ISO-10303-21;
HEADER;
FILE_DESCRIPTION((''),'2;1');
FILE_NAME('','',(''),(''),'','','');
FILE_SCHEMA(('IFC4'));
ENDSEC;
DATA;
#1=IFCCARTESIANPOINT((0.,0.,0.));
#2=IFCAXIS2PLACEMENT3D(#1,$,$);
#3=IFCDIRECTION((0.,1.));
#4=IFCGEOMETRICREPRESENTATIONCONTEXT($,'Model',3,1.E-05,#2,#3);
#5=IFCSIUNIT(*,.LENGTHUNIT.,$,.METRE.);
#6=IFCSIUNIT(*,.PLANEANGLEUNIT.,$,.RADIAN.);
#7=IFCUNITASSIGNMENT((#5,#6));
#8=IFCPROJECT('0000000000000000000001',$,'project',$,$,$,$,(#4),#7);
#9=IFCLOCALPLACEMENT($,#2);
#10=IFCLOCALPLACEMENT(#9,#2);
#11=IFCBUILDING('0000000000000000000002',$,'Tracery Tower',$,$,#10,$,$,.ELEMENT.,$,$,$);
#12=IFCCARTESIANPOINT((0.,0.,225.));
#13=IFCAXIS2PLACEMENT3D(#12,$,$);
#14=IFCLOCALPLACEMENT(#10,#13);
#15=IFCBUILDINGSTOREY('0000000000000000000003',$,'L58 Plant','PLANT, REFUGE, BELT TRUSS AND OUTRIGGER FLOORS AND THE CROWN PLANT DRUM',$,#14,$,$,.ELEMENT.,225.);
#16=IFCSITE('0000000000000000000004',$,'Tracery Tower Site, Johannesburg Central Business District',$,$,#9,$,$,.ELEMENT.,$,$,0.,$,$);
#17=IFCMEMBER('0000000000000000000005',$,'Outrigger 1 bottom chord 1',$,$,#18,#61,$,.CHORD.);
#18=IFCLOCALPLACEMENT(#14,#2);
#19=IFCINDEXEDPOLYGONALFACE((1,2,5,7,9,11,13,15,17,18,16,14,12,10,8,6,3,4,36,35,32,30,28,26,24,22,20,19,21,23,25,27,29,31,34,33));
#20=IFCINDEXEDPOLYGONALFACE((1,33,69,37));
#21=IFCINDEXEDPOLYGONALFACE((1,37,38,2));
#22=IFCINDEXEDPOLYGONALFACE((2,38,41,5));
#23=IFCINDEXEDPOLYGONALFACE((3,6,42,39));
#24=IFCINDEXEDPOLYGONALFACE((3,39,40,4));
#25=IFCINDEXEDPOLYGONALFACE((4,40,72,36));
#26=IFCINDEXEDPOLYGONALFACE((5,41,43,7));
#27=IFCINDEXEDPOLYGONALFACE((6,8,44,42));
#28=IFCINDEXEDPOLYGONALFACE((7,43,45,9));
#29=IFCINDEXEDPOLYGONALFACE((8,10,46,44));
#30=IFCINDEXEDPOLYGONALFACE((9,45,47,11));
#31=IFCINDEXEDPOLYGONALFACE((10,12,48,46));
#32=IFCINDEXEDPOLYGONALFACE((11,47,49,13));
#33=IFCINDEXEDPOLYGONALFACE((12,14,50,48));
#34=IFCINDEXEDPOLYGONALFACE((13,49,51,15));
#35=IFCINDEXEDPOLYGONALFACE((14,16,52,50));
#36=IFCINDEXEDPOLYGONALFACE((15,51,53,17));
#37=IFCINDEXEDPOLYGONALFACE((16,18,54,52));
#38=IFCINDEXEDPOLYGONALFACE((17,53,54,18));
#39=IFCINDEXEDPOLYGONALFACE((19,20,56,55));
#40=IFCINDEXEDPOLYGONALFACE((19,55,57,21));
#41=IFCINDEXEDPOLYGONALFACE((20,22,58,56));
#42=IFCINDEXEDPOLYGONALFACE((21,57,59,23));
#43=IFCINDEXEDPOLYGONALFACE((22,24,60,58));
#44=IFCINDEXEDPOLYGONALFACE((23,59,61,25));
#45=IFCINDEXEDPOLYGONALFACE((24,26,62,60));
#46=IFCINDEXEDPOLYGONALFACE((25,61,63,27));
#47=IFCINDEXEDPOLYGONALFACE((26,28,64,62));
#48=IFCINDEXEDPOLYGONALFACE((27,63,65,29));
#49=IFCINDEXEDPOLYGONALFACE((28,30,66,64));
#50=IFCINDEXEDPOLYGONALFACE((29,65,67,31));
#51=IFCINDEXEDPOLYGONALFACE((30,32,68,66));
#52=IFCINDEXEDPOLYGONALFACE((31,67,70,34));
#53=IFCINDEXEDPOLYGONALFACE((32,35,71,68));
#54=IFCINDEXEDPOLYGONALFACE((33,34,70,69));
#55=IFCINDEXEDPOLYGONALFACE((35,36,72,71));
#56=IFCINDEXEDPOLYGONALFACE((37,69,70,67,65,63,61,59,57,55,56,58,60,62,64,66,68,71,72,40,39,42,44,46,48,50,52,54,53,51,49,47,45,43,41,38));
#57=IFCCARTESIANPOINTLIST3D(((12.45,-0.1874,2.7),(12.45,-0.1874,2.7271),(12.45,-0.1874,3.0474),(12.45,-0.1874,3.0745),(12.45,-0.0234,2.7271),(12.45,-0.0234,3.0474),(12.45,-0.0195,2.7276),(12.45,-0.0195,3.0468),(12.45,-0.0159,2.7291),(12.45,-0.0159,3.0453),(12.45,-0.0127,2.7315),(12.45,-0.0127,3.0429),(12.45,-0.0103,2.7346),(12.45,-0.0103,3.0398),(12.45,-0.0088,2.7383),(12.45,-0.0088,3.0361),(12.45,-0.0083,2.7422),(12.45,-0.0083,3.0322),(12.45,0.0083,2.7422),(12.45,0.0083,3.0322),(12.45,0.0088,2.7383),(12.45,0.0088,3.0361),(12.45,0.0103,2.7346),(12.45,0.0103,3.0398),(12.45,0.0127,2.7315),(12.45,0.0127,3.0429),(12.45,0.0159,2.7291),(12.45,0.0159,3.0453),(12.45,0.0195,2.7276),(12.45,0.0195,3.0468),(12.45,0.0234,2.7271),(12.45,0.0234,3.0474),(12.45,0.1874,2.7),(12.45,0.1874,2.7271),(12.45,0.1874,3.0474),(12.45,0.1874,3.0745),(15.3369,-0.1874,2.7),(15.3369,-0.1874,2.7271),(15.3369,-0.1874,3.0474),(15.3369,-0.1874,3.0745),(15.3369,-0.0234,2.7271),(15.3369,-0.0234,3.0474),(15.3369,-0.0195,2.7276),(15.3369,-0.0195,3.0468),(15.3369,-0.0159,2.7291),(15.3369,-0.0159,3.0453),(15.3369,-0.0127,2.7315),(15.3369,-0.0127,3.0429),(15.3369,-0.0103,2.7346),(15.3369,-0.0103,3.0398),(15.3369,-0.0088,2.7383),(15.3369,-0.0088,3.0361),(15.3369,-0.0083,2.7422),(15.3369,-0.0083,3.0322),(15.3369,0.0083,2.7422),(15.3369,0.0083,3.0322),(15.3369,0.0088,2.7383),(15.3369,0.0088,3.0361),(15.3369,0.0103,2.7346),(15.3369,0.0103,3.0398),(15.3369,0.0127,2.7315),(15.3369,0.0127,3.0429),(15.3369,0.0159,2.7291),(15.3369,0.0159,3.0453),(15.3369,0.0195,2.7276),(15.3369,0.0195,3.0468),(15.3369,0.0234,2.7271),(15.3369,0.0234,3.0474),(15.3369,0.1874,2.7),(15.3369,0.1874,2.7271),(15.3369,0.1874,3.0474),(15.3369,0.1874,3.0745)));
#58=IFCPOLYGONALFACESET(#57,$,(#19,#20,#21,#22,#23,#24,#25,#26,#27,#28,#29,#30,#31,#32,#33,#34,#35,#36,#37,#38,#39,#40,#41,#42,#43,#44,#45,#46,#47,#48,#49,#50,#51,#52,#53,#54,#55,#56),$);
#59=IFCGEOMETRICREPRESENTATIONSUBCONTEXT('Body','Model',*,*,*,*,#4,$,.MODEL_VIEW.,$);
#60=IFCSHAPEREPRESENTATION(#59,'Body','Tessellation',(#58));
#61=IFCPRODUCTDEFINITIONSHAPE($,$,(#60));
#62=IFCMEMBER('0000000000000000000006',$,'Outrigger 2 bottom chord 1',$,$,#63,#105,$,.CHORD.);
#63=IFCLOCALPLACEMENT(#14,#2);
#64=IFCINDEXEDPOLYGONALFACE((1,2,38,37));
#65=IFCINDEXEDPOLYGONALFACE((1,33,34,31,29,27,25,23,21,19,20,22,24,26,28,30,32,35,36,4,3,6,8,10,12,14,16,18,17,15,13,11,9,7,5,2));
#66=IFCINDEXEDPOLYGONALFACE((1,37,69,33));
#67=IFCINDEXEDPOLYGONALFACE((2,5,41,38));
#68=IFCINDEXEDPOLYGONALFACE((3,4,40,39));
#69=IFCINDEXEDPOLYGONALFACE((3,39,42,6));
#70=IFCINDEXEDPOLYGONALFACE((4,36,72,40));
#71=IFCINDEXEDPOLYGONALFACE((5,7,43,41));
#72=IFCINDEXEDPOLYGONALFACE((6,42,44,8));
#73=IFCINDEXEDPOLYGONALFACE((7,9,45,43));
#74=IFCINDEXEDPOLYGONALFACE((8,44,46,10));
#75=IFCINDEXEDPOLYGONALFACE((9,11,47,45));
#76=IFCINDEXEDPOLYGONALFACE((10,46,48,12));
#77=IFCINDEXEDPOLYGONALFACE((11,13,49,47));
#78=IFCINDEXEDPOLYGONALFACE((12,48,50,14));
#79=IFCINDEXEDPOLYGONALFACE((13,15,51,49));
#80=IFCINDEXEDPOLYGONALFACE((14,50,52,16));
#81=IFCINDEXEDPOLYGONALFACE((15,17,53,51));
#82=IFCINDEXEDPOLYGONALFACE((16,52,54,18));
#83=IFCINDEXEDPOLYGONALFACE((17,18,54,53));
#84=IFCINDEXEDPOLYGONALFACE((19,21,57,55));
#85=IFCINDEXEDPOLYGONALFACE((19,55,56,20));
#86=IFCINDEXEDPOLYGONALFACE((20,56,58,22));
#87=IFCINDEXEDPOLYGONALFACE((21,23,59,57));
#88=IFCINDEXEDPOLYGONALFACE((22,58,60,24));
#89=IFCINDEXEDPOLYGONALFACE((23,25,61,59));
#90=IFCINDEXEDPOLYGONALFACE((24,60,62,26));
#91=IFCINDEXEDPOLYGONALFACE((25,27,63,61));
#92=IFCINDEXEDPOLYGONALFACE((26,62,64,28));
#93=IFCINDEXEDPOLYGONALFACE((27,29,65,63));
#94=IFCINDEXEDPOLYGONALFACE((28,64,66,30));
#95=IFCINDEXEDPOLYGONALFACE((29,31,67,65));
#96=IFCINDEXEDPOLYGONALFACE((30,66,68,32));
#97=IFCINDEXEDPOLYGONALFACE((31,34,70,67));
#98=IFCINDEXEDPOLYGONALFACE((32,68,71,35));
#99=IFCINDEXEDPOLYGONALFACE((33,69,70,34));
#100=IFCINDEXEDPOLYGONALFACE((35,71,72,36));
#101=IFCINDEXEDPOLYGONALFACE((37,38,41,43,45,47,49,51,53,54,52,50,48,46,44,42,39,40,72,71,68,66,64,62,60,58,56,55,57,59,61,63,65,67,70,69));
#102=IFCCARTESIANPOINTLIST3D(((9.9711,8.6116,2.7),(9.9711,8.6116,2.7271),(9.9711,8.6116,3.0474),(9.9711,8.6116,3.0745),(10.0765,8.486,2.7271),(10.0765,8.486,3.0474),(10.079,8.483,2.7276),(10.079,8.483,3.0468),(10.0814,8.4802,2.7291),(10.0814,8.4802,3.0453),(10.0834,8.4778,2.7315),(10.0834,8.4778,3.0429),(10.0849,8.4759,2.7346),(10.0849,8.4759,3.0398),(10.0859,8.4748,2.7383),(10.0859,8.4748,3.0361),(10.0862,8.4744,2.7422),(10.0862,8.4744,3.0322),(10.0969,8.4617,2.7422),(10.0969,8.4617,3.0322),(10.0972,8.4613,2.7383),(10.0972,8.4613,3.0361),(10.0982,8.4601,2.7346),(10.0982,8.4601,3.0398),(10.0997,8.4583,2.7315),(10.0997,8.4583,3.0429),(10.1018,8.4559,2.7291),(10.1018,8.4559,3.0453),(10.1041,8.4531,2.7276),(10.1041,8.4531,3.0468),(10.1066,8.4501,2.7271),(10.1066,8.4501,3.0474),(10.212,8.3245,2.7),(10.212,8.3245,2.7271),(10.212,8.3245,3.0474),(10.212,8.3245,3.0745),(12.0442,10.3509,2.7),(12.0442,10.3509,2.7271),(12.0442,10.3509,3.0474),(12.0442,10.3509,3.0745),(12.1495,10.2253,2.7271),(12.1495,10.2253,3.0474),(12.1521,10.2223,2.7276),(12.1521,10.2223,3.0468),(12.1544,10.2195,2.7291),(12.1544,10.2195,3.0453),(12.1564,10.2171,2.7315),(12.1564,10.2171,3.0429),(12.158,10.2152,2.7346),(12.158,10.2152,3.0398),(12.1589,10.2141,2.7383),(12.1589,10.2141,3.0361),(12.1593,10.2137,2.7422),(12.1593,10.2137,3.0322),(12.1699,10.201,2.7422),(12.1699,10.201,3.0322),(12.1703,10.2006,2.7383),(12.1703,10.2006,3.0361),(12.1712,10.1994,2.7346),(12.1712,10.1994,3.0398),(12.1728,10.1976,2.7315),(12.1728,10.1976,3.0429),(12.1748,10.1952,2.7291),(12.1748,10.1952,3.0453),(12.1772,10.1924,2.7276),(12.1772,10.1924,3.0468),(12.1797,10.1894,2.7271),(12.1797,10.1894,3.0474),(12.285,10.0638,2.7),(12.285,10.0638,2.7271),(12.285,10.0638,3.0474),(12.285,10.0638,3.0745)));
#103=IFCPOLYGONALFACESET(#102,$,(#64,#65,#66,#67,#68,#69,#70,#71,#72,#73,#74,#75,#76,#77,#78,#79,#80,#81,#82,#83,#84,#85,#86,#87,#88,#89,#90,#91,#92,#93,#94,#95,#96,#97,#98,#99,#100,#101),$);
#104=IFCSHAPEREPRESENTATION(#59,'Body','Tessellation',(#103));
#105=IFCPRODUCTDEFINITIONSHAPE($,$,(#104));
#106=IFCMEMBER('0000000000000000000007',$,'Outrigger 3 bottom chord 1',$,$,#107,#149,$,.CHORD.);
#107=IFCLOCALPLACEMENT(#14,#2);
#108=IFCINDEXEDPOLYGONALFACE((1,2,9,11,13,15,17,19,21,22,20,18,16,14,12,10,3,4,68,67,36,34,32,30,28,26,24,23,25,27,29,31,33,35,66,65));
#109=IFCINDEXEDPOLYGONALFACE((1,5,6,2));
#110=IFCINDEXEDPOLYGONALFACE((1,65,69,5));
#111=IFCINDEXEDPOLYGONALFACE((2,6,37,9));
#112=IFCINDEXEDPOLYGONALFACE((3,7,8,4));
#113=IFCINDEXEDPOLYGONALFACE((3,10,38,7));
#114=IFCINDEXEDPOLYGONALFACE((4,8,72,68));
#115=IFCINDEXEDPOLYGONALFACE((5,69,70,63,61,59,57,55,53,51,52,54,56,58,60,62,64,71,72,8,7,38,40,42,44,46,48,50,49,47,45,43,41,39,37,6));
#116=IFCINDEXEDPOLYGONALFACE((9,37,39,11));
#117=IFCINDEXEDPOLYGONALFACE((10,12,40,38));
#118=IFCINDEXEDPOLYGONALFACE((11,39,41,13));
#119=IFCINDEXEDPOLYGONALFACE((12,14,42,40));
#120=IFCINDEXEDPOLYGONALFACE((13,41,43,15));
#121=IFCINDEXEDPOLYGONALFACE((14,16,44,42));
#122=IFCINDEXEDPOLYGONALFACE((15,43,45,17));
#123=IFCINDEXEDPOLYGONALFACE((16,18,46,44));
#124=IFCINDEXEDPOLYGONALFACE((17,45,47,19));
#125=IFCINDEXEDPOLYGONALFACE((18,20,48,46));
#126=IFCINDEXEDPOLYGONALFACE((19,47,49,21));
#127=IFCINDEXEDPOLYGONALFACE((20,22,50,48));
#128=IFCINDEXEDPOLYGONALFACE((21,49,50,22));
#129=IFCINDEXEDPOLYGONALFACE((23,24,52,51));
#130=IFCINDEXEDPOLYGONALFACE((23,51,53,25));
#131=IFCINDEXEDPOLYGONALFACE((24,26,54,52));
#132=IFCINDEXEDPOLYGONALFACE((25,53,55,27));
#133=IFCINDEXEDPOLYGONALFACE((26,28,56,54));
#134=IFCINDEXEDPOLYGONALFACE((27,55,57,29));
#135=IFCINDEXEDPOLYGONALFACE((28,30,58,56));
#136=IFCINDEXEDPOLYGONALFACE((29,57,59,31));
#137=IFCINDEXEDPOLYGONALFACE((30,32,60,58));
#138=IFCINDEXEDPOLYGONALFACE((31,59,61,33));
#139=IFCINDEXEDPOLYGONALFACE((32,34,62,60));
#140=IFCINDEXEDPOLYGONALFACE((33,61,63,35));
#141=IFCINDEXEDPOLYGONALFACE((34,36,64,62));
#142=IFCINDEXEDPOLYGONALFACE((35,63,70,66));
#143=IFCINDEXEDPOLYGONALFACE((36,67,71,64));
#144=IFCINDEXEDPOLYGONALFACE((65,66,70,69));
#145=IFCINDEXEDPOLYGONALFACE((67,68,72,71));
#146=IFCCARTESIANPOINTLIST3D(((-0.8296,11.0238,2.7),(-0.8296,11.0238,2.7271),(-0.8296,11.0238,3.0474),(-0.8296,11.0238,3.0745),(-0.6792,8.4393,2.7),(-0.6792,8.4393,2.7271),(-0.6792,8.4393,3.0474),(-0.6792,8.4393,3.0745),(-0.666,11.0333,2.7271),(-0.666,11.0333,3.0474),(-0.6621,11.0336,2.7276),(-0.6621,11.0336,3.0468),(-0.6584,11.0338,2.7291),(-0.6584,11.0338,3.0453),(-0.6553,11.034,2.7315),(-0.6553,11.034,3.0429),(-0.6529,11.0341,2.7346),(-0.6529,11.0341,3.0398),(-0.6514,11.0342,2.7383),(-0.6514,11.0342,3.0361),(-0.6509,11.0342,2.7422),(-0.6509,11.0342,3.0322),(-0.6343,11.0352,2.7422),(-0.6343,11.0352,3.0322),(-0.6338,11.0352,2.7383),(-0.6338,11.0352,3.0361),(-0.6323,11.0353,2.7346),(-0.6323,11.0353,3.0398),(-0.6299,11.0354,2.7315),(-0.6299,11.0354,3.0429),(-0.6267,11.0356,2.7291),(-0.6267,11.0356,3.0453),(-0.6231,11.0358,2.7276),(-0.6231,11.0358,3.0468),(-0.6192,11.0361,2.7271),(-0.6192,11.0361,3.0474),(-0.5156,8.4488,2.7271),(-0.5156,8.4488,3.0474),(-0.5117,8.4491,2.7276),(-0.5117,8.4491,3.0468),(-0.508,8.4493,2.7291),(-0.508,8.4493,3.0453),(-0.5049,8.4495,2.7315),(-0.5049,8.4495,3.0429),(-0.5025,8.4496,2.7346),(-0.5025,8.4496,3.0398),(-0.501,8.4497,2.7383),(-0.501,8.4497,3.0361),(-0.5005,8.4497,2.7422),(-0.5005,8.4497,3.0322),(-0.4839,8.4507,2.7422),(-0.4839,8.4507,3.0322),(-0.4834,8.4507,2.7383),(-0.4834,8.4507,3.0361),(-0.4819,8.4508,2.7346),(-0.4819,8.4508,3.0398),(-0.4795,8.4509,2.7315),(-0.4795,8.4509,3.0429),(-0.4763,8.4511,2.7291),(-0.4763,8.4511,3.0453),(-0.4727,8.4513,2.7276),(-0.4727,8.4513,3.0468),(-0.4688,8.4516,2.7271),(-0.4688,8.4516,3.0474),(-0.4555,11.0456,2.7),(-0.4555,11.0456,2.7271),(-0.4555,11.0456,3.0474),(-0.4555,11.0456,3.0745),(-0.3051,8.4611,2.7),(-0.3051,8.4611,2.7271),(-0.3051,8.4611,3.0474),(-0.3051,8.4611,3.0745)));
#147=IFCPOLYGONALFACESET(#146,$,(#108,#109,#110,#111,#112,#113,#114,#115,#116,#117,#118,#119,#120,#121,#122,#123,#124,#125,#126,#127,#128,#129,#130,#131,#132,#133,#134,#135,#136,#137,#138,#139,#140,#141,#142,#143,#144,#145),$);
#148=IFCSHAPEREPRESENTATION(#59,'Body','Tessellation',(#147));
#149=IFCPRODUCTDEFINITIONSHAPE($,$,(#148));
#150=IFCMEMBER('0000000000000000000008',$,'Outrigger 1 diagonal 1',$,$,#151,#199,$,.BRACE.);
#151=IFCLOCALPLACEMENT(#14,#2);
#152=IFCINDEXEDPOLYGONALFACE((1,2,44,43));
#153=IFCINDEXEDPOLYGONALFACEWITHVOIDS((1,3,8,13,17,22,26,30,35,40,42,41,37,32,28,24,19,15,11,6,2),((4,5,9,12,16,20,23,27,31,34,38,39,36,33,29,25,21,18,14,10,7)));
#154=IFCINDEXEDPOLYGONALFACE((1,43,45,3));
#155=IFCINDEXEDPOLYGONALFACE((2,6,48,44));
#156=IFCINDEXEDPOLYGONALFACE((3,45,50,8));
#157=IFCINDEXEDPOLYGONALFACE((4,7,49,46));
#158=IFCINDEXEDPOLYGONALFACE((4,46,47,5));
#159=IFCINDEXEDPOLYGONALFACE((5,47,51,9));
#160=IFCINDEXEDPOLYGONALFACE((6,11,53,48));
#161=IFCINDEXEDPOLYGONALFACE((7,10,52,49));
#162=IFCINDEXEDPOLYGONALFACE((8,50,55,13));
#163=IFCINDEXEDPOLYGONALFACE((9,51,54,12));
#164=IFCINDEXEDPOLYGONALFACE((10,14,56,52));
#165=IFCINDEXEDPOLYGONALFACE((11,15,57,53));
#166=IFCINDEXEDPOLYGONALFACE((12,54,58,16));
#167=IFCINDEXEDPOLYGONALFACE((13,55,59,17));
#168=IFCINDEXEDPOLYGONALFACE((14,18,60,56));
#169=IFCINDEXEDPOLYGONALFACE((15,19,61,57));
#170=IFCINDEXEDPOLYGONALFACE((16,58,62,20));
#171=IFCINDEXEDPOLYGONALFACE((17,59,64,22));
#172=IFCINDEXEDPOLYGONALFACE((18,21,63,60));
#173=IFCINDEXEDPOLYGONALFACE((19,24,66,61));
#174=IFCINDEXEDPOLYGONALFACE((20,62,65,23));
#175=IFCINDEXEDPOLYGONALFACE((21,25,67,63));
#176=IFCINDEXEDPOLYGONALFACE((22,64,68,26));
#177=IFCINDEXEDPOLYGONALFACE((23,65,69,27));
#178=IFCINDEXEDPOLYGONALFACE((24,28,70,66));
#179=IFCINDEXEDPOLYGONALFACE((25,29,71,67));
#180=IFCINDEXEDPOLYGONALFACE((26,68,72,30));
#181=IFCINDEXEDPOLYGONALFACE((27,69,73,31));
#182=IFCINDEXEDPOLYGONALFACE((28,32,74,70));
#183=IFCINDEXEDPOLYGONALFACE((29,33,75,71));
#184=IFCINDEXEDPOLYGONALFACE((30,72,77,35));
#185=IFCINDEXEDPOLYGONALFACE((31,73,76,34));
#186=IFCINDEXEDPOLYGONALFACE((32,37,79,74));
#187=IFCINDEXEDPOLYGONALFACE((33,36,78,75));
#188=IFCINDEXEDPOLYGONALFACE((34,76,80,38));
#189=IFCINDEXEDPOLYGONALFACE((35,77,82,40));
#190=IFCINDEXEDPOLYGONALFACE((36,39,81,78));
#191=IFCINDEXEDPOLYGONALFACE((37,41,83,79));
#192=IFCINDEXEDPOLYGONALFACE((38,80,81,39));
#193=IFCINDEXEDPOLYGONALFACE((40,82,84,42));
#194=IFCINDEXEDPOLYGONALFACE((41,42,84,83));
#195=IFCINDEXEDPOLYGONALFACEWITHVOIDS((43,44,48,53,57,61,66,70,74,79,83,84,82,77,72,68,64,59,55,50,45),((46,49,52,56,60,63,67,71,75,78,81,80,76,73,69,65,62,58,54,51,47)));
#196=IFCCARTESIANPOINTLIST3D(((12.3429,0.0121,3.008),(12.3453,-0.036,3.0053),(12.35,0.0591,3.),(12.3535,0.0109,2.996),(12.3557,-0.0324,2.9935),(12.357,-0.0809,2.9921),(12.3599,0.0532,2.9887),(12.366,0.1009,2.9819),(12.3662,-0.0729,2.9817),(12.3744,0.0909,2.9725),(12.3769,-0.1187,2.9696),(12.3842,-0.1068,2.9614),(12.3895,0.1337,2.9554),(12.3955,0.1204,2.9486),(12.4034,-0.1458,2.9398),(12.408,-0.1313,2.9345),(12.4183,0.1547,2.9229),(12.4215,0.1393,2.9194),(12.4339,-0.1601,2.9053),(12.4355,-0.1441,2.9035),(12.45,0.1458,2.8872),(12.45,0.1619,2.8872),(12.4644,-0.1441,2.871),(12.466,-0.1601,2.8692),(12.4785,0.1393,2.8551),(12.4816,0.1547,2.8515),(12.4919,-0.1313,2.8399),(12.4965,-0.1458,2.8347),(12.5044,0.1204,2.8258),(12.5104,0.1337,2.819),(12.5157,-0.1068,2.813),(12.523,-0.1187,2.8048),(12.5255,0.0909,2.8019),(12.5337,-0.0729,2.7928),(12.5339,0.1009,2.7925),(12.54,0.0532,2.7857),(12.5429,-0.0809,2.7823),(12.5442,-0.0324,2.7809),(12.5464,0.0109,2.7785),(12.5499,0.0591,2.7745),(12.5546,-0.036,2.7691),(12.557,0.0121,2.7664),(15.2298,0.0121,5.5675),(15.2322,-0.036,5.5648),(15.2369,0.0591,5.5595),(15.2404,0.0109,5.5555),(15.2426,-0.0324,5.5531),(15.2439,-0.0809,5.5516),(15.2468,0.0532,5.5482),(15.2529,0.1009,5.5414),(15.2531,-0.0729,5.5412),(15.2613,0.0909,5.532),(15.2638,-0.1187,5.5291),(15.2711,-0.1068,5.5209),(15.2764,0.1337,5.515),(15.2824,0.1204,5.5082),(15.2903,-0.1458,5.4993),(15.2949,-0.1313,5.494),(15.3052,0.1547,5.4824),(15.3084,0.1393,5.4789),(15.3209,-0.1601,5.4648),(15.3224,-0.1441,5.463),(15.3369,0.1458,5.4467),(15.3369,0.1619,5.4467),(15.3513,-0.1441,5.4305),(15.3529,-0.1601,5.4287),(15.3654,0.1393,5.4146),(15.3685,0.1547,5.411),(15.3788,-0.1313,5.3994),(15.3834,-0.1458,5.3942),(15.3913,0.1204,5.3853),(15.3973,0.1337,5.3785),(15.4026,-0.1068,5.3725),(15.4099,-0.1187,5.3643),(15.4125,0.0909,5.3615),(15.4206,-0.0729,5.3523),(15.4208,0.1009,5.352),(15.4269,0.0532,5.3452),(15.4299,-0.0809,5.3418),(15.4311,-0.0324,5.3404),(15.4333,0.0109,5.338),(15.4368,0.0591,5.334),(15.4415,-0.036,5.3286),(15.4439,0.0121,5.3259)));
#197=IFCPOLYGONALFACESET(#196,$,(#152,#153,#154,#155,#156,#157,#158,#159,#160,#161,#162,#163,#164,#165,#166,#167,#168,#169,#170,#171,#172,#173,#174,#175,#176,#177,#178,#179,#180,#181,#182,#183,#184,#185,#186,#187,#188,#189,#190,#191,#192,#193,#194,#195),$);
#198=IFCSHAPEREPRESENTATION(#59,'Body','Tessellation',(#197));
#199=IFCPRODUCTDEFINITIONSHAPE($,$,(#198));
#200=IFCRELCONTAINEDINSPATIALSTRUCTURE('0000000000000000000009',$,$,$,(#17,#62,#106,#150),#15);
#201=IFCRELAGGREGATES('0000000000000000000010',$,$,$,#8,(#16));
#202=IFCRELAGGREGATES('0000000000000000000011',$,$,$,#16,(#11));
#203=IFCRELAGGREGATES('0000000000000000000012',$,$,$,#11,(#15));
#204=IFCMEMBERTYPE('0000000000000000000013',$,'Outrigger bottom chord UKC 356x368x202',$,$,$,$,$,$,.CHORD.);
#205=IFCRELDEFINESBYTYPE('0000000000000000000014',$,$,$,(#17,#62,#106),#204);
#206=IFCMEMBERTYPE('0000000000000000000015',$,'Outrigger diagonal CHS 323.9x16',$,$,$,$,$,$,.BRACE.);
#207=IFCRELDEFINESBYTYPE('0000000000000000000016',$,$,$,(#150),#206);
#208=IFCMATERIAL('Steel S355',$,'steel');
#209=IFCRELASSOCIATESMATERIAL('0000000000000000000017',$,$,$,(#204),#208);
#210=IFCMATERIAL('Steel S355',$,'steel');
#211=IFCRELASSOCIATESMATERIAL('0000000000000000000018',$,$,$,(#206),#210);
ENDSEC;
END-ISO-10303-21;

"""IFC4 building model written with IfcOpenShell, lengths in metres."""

from ifc_helpers import new_model, si_unit, direction, frame, origin, origin_2d, place, context, subcontext, project, spatial, hollow_circle, i_section, extrude, material, material_profile, profile_set, type_object, element, save


model = new_model("IFC4")

# Units and contexts
model_context = context("Model", 3, precision=1e-05, world=origin(), true_north=direction((0.0, 1.0)))
body_context = subcontext(model_context, "Body", "Model", "MODEL_VIEW")
ifc_project = project(units=[si_unit("LENGTHUNIT", "METRE"), si_unit("PLANEANGLEUNIT", "RADIAN")], contexts=[model_context])

# Site, building, storey
site_placement = place(None, origin())
site = spatial("IfcSite", under=ifc_project, at=site_placement, Name="Tracery Tower Site, Johannesburg Central Business District", CompositionType="ELEMENT", RefElevation=0.0)
building_placement = place(site_placement, origin())
building = spatial("IfcBuilding", under=site, at=building_placement, Name="Tracery Tower", CompositionType="ELEMENT")
storey_placement = place(building_placement, frame((0.0, 0.0, 225.0)))
storey = spatial("IfcBuildingStorey", under=building, at=storey_placement, Name="L58 Plant", Description="PLANT, REFUGE, BELT TRUSS AND OUTRIGGER FLOORS AND THE CROWN PLANT DRUM", CompositionType="ELEMENT", Elevation=225.0)

# Members
ifc_material_1 = material(Name="Steel S355", Category="steel")
ifc_material_profile_1 = material_profile(ifc_material_1, i_section(OverallWidth=0.3748, OverallDepth=0.3745, WebThickness=0.0166, FlangeThickness=0.0271, FilletRadius=0.0151, at=origin_2d()), Name="UKC 356x368x202")
ifc_profile_set_1 = profile_set([ifc_material_profile_1], Name="Steel S355")
member_type_1 = type_object("IfcMemberType", Name="Outrigger bottom chord UKC 356x368x202", PredefinedType="CHORD", material=ifc_profile_set_1)
member_1_placement = place(storey_placement, frame((12.45, 0.0, 2.8872), z_axis=(1.0, 0.0, 0.0), x_axis=(0.0, 1.0, 0.0)))
element("IfcMember", 1, at=member_1_placement, inside=storey, type_object=member_type_1, Name="Outrigger 1 bottom chord 1", PredefinedType="CHORD", context=body_context, shape_type="SweptSolid", body=[
    extrude(i_section(OverallWidth=0.3748, OverallDepth=0.3745, WebThickness=0.0166, FlangeThickness=0.0271, FilletRadius=0.0151, at=origin_2d()), origin(), (0.0, 0.0, 1.0), 2.887),
])
member_2_placement = place(storey_placement, frame((10.0916, 8.468, 2.8872), z_axis=(0.76608, 0.642746, 0.0), x_axis=(-0.642746, 0.76608, 0.0)))
element("IfcMember", 2, at=member_2_placement, inside=storey, type_object=member_type_1, Name="Outrigger 2 bottom chord 1", PredefinedType="CHORD", context=body_context, shape_type="SweptSolid", body=[
    extrude(i_section(OverallWidth=0.3748, OverallDepth=0.3745, WebThickness=0.0166, FlangeThickness=0.0271, FilletRadius=0.0151, at=origin_2d()), origin(), (0.0, 0.0, 1.0), 2.7061),
])
member_3_placement = place(storey_placement, frame((-0.4922, 8.4502, 2.8872), z_axis=(-0.058092, 0.998311, 0.0), x_axis=(-0.998311, -0.058092, 0.0)))
element("IfcMember", 3, at=member_3_placement, inside=storey, type_object=member_type_1, Name="Outrigger 3 bottom chord 1", PredefinedType="CHORD", context=body_context, shape_type="SweptSolid", body=[
    extrude(i_section(OverallWidth=0.3748, OverallDepth=0.3745, WebThickness=0.0166, FlangeThickness=0.0271, FilletRadius=0.0151, at=origin_2d()), origin(), (0.0, 0.0, 1.0), 2.5889),
])
ifc_material_2 = material(Name="Steel S355", Category="steel")
ifc_material_profile_2 = material_profile(ifc_material_2, hollow_circle(Radius=0.1619, WallThickness=0.0161, at=origin_2d()), Name="CHS 323.9x16")
ifc_profile_set_2 = profile_set([ifc_material_profile_2], Name="Steel S355")
member_type_2 = type_object("IfcMemberType", Name="Outrigger diagonal CHS 323.9x16", PredefinedType="BRACE", material=ifc_profile_set_2)
member_4_placement = place(storey_placement, frame((12.45, 0.0, 2.8872), z_axis=(0.748261, 0.0, 0.663405), x_axis=(0.0, 1.0, 0.0)))
element("IfcMember", 4, at=member_4_placement, inside=storey, type_object=member_type_2, Name="Outrigger 1 diagonal 1", PredefinedType="BRACE", context=body_context, shape_type="SweptSolid", body=[
    extrude(hollow_circle(Radius=0.1619, WallThickness=0.0161, at=origin_2d()), origin(), (0.0, 0.0, 1.0), 3.8582),
])

save(model, "model.ifc")
